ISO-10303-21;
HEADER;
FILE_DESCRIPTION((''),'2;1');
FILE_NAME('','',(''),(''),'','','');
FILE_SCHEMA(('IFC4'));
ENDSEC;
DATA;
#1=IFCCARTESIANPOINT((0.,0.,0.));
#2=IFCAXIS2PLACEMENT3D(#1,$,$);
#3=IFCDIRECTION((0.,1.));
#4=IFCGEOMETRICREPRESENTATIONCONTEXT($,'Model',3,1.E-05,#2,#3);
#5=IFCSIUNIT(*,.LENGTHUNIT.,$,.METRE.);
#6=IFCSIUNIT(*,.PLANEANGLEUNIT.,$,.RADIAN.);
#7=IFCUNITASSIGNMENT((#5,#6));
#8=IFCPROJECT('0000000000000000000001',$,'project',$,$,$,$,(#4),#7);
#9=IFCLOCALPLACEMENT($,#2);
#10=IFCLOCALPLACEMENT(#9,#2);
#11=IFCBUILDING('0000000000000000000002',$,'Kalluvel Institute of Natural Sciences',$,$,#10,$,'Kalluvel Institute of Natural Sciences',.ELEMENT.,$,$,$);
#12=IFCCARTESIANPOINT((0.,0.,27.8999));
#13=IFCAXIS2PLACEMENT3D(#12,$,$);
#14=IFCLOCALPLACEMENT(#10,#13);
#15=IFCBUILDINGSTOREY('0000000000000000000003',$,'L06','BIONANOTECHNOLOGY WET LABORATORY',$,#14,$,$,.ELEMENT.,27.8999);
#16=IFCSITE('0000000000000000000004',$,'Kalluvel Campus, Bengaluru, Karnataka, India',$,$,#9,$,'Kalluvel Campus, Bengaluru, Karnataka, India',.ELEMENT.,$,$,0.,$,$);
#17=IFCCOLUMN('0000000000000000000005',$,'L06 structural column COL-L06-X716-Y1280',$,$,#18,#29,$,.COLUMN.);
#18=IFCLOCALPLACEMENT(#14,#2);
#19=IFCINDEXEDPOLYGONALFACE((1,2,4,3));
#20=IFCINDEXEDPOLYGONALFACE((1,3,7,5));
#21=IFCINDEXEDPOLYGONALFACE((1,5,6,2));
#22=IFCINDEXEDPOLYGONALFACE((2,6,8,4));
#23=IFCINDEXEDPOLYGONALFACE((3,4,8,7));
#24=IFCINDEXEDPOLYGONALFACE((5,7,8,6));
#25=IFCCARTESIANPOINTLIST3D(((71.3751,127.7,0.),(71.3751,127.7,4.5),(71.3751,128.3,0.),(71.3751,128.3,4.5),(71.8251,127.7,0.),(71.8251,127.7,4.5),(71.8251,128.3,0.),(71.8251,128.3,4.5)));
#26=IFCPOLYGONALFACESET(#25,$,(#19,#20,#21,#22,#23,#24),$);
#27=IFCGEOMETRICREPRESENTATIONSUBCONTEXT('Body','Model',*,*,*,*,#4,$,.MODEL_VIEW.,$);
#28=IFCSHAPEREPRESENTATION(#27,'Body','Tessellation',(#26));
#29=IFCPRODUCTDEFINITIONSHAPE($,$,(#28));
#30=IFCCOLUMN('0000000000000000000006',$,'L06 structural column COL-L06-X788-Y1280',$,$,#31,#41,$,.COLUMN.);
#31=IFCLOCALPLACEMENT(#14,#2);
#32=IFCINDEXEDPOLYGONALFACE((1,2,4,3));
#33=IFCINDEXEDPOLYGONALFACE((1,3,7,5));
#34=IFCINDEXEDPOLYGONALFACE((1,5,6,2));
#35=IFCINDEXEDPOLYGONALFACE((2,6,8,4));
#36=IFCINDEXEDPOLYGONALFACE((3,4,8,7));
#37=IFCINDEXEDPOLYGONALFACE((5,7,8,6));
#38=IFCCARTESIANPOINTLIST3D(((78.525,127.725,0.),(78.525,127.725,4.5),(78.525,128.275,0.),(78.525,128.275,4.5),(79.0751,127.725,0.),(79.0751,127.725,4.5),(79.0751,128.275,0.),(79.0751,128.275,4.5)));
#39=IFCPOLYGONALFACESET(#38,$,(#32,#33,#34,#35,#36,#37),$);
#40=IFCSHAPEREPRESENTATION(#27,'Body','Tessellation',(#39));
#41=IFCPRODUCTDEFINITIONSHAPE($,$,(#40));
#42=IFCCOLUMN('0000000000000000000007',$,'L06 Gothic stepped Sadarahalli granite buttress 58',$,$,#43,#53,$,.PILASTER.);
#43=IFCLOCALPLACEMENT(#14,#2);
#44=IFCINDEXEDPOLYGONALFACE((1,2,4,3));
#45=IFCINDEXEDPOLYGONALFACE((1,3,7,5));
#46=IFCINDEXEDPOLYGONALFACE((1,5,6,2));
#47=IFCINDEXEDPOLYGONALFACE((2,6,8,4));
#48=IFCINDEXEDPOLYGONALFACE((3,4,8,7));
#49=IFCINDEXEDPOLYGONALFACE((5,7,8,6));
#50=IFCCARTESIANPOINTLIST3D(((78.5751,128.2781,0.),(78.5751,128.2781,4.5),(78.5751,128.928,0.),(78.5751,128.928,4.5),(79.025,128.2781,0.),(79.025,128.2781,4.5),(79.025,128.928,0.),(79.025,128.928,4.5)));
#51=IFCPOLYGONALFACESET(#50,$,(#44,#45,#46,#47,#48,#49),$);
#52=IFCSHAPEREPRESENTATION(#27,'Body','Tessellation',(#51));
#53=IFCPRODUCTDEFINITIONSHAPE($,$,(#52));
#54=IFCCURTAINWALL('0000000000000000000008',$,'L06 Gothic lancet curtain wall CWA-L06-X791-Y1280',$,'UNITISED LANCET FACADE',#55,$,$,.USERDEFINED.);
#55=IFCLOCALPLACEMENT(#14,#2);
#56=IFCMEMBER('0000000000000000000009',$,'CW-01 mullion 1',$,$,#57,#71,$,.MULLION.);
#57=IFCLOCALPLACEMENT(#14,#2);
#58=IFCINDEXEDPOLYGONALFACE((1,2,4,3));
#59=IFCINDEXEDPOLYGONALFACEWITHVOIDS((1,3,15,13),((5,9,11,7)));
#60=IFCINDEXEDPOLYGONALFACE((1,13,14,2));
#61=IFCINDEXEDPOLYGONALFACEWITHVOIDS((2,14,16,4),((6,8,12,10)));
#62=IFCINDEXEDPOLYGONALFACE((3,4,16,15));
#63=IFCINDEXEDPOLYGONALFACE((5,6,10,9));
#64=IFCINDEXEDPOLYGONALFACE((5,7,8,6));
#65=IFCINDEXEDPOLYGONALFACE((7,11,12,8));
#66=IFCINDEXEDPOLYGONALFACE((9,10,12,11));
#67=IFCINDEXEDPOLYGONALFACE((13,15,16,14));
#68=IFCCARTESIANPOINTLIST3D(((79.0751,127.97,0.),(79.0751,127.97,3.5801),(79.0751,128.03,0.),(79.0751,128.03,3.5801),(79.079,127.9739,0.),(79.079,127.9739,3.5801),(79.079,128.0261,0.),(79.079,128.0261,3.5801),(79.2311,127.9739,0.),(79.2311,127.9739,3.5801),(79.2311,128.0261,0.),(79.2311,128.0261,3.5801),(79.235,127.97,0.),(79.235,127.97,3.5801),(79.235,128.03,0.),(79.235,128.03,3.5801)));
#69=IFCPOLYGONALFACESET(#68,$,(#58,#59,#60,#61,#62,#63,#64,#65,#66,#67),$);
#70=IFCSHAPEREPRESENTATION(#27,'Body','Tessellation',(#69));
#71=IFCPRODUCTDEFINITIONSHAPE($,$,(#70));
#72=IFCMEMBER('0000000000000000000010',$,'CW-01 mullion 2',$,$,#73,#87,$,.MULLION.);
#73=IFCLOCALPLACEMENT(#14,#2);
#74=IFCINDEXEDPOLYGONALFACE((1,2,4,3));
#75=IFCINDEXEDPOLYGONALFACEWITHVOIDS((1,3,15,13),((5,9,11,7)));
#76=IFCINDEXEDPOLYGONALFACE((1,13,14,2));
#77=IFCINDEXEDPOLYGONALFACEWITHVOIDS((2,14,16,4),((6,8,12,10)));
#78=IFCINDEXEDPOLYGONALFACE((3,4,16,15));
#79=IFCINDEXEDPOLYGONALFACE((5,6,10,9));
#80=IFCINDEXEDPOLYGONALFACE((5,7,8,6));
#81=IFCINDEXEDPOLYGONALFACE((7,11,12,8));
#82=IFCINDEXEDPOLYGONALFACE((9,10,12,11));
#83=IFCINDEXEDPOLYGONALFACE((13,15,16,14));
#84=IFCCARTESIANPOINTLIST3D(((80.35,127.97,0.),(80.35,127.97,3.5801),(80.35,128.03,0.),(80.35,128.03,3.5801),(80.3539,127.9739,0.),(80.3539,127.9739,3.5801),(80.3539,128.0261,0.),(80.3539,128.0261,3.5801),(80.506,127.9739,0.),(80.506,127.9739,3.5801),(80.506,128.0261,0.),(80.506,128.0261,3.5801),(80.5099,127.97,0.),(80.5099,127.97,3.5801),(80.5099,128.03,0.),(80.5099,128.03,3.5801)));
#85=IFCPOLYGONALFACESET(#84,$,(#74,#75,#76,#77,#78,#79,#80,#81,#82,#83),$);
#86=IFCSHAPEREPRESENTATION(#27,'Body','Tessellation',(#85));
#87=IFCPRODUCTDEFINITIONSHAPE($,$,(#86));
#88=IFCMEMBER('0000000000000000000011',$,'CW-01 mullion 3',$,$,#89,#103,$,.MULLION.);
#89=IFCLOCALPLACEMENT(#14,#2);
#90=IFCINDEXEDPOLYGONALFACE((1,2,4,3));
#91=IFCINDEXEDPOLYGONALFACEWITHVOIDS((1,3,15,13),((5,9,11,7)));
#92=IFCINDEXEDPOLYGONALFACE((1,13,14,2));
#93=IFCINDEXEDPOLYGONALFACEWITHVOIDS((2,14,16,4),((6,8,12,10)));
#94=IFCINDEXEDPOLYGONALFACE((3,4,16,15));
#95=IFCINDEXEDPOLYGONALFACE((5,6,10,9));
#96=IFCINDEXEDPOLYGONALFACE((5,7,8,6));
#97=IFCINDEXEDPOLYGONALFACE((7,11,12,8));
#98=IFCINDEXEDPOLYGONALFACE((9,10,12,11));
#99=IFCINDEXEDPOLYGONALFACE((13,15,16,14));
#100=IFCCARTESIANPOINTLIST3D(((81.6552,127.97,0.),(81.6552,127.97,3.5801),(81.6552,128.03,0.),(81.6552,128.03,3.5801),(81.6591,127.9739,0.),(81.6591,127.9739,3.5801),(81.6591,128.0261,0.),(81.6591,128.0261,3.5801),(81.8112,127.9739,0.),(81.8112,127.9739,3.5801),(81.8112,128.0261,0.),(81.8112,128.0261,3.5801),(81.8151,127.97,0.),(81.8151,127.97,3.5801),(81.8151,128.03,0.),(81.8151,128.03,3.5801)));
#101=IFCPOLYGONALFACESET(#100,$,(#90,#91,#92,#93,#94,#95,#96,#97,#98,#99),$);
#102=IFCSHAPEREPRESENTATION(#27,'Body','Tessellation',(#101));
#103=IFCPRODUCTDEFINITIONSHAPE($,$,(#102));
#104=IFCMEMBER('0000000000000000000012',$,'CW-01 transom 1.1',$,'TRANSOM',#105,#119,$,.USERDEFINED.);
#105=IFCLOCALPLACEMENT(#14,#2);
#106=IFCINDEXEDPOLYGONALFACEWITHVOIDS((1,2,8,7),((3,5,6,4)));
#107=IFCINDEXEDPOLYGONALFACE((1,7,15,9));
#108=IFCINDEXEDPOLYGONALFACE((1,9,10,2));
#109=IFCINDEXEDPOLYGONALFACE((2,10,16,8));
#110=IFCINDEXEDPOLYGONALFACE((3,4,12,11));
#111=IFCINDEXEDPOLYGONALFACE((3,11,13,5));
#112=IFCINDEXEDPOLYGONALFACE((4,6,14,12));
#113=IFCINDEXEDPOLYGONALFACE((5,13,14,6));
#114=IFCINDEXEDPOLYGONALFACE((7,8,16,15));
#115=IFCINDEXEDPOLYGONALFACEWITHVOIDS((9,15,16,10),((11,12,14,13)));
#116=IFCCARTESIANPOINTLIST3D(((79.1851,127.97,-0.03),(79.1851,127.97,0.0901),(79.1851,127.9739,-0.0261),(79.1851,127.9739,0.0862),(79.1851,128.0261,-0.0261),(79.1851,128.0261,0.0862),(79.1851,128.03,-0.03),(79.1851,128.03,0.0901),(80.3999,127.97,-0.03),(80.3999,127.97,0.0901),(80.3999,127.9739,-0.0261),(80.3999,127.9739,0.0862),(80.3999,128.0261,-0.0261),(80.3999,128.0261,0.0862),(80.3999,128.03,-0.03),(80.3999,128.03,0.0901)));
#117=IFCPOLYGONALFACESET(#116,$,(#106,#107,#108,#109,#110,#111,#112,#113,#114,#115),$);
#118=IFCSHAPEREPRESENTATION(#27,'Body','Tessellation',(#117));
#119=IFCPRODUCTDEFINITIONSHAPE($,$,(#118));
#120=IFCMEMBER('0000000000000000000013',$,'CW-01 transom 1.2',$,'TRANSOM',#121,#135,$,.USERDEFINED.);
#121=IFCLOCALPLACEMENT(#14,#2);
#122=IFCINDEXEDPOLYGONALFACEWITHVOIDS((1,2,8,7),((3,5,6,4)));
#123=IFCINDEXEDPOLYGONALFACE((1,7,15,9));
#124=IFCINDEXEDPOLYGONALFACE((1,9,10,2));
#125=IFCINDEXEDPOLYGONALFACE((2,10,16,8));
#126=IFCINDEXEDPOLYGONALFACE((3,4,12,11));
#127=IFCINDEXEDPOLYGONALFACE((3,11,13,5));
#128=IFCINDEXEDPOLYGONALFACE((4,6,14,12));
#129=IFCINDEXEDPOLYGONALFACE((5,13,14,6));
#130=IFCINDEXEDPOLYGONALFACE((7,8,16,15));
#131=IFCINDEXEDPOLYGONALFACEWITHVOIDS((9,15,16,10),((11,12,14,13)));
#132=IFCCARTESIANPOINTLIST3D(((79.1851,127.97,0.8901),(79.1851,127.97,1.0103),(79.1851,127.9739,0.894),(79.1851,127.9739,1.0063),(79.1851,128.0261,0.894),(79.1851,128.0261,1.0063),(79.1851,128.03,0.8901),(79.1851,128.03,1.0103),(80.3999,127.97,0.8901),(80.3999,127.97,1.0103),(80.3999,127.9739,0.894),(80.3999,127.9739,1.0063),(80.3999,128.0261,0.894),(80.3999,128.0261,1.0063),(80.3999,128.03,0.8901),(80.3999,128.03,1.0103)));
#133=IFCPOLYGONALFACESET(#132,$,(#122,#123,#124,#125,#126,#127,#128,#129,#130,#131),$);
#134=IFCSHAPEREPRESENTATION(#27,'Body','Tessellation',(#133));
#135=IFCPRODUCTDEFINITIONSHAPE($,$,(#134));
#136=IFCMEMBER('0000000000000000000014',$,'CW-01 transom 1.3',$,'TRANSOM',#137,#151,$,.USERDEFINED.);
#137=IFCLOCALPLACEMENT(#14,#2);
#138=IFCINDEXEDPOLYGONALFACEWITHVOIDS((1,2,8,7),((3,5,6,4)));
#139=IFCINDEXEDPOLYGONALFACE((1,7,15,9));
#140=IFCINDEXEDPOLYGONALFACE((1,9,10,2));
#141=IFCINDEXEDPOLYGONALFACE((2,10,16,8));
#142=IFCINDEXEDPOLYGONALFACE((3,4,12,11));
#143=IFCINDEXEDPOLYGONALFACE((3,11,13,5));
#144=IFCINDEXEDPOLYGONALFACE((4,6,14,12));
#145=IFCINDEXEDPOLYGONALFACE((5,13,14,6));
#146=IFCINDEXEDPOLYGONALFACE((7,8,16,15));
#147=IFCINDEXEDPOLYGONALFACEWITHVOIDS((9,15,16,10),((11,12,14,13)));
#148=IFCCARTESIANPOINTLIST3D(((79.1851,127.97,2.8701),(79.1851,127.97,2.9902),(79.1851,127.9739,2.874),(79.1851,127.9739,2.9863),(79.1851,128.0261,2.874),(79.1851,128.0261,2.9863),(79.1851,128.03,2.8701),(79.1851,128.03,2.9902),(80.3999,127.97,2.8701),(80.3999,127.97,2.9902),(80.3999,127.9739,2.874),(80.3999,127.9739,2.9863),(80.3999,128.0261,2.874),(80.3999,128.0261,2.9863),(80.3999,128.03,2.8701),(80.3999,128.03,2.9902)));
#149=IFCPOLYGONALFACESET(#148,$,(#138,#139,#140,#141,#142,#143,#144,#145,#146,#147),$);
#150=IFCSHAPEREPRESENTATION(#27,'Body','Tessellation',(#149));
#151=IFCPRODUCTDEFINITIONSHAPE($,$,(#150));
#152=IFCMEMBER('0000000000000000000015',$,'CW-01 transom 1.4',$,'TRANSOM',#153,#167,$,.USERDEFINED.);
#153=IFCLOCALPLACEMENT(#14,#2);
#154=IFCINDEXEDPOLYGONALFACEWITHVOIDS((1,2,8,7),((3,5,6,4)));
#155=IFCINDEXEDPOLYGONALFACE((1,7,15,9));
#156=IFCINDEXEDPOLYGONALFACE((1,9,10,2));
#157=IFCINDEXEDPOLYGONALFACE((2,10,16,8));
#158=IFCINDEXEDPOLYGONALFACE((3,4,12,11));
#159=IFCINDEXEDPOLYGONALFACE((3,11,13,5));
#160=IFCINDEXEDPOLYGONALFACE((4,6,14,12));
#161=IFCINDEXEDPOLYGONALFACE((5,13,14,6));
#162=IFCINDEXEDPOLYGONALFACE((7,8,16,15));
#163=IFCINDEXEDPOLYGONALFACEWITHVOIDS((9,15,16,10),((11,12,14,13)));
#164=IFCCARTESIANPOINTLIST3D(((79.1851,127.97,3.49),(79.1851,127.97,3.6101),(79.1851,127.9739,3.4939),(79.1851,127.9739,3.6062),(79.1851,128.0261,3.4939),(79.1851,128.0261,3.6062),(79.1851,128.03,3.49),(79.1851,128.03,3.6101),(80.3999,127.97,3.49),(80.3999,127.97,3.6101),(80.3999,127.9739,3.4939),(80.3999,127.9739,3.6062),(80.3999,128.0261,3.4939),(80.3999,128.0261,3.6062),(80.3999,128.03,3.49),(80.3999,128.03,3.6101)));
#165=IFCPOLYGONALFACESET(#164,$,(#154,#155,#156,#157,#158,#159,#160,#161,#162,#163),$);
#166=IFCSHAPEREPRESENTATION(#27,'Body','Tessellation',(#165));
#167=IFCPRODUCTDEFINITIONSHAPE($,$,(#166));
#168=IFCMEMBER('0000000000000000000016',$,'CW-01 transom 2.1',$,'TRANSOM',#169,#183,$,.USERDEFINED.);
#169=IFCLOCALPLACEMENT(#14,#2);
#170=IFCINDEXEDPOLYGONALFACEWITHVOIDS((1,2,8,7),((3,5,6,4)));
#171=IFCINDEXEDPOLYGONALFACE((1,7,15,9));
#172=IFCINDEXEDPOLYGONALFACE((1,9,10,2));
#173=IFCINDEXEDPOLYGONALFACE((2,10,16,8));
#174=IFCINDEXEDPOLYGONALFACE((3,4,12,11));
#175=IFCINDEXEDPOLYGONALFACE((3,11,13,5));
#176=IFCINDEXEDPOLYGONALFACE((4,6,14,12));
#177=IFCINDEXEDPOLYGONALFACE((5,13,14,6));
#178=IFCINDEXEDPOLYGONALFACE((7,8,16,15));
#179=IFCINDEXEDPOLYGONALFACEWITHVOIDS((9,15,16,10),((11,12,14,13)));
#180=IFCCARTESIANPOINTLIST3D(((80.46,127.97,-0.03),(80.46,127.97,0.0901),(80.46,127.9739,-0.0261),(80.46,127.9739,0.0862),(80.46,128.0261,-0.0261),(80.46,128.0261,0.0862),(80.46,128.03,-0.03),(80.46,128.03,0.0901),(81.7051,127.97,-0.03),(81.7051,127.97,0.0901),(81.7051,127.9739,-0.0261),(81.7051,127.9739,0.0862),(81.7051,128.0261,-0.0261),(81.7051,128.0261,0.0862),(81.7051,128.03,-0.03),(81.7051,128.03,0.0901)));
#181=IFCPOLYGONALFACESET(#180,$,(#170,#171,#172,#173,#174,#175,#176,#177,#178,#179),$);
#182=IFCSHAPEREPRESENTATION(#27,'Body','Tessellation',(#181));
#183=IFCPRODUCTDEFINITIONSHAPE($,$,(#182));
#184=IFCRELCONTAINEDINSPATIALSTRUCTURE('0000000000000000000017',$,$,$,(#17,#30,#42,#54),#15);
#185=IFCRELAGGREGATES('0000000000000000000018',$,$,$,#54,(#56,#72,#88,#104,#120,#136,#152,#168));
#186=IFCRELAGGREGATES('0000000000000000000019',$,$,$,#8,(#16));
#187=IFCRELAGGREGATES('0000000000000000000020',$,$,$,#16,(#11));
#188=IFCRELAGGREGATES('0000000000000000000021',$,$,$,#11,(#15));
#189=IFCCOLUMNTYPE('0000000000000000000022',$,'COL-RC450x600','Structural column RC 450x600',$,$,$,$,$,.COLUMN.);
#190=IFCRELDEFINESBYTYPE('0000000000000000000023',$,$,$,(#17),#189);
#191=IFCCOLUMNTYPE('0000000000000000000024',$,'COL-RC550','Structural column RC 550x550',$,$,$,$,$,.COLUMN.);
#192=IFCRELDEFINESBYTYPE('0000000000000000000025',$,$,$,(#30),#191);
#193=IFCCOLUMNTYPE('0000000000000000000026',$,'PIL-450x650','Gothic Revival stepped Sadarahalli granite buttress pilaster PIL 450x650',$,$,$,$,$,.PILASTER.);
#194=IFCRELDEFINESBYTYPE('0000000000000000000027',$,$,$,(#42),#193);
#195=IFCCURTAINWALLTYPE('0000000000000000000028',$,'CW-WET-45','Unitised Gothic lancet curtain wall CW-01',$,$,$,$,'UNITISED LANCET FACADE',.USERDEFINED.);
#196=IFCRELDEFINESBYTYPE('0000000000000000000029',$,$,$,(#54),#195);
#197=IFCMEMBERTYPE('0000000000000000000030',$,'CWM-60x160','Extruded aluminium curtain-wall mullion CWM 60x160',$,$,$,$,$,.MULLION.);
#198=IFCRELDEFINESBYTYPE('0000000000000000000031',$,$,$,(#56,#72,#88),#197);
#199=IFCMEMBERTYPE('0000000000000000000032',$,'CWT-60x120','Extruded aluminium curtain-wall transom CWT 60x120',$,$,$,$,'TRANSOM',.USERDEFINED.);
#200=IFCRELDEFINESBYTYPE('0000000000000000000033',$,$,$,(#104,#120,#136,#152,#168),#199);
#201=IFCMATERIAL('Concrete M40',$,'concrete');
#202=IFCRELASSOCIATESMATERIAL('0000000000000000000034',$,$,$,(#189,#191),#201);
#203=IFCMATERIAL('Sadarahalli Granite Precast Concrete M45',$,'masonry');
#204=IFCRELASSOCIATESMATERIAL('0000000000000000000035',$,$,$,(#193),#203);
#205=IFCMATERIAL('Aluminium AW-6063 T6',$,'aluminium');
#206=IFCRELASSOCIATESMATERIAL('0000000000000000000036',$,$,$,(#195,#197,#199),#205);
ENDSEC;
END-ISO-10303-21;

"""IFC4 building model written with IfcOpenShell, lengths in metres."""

from ifc_helpers import new_model, si_unit, direction, frame, origin, origin_2d, place, context, subcontext, project, spatial, rectangle, hollow_rectangle, extrude, material, material_profile, profile_set, type_object, element, aggregate, save


model = new_model("IFC4")

# Units and contexts
model_context = context("Model", 3, precision=1e-05, world=origin(), true_north=direction((0.0, 1.0)))
body_context = subcontext(model_context, "Body", "Model", "MODEL_VIEW")
ifc_project = project(units=[si_unit("LENGTHUNIT", "METRE"), si_unit("PLANEANGLEUNIT", "RADIAN")], contexts=[model_context])

# Site, building, storey
site_placement = place(None, origin())
site = spatial("IfcSite", under=ifc_project, at=site_placement, Name="Kalluvel Campus, Bengaluru, Karnataka, India", LongName="Kalluvel Campus, Bengaluru, Karnataka, India", CompositionType="ELEMENT", RefElevation=0.0)
building_placement = place(site_placement, origin())
building = spatial("IfcBuilding", under=site, at=building_placement, Name="Kalluvel Institute of Natural Sciences", LongName="Kalluvel Institute of Natural Sciences", CompositionType="ELEMENT")
storey_placement = place(building_placement, frame((0.0, 0.0, 27.8999)))
storey = spatial("IfcBuildingStorey", under=building, at=storey_placement, Name="L06", Description="BIONANOTECHNOLOGY WET LABORATORY", CompositionType="ELEMENT", Elevation=27.8999)

# Columns
ifc_material_1 = material(Name="Concrete M40", Category="concrete")
ifc_material_profile_1 = material_profile(ifc_material_1, rectangle(XDim=0.45, YDim=0.6001, at=origin_2d()), Name="RC 450x600")
ifc_profile_set_1 = profile_set([ifc_material_profile_1], Name="Concrete M40")
column_type_1 = type_object("IfcColumnType", Name="COL-RC450x600", Description="Structural column RC 450x600", PredefinedType="COLUMN", material=ifc_profile_set_1)
column_1_placement = place(storey_placement, frame((71.6001, 128.0, 0.0), z_axis=(0.0, 0.0, 1.0), x_axis=(1.0, 0.0, 0.0)))
element("IfcColumn", 1, at=column_1_placement, inside=storey, type_object=column_type_1, Name="L06 structural column COL-L06-X716-Y1280", PredefinedType="COLUMN", context=body_context, shape_type="SweptSolid", body=[
    extrude(rectangle(XDim=0.45, YDim=0.6001, at=origin_2d()), origin(), (0.0, 0.0, 1.0), 4.5),
])
ifc_material_profile_2 = material_profile(ifc_material_1, rectangle(XDim=0.55, YDim=0.55, at=origin_2d()), Name="RC 550x550")
ifc_profile_set_2 = profile_set([ifc_material_profile_2], Name="Concrete M40")
column_type_2 = type_object("IfcColumnType", Name="COL-RC550", Description="Structural column RC 550x550", PredefinedType="COLUMN", material=ifc_profile_set_2)
column_2_placement = place(storey_placement, frame((78.8, 128.0, 0.0), z_axis=(0.0, 0.0, 1.0), x_axis=(1.0, 0.0, 0.0)))
element("IfcColumn", 2, at=column_2_placement, inside=storey, type_object=column_type_2, Name="L06 structural column COL-L06-X788-Y1280", PredefinedType="COLUMN", context=body_context, shape_type="SweptSolid", body=[
    extrude(rectangle(XDim=0.55, YDim=0.55, at=origin_2d()), origin(), (0.0, 0.0, 1.0), 4.5),
])
ifc_material_2 = material(Name="Sadarahalli Granite Precast Concrete M45", Category="masonry")
ifc_material_profile_3 = material_profile(ifc_material_2, rectangle(XDim=0.45, YDim=0.6499, at=origin_2d()), Name="PIL 450x650")
ifc_profile_set_3 = profile_set([ifc_material_profile_3], Name="Sadarahalli Granite Precast Concrete M45")
column_type_3 = type_object("IfcColumnType", Name="PIL-450x650", Description="Gothic Revival stepped Sadarahalli granite buttress pilaster PIL 450x650", PredefinedType="PILASTER", material=ifc_profile_set_3)
column_3_placement = place(storey_placement, frame((78.8, 128.603, 0.0), z_axis=(0.0, 0.0, 1.0), x_axis=(1.0, 0.0, 0.0)))
element("IfcColumn", 3, at=column_3_placement, inside=storey, type_object=column_type_3, Name="L06 Gothic stepped Sadarahalli granite buttress 58", PredefinedType="PILASTER", context=body_context, shape_type="SweptSolid", body=[
    extrude(rectangle(XDim=0.45, YDim=0.6499, at=origin_2d()), origin(), (0.0, 0.0, 1.0), 4.5),
])

# Curtain wall, members
ifc_material_3 = material(Name="Aluminium AW-6063 T6", Category="aluminium")
curtain_wall_type = type_object("IfcCurtainWallType", Name="CW-WET-45", Description="Unitised Gothic lancet curtain wall CW-01", ElementType="UNITISED LANCET FACADE", PredefinedType="USERDEFINED", material=ifc_material_3)
curtain_wall_placement = place(storey_placement, origin())
curtain_wall = element("IfcCurtainWall", 4, at=curtain_wall_placement, inside=storey, type_object=curtain_wall_type, Name="L06 Gothic lancet curtain wall CWA-L06-X791-Y1280", ObjectType="UNITISED LANCET FACADE", PredefinedType="USERDEFINED")
ifc_material_profile_4 = material_profile(ifc_material_3, hollow_rectangle(XDim=0.0601, YDim=0.1599, WallThickness=0.0039, at=origin_2d()), Name="CWM 60x160")
ifc_profile_set_4 = profile_set([ifc_material_profile_4], Name="Aluminium AW-6063 T6")
member_type_1 = type_object("IfcMemberType", Name="CWM-60x160", Description="Extruded aluminium curtain-wall mullion CWM 60x160", PredefinedType="MULLION", material=ifc_profile_set_4)
member_1_placement = place(storey_placement, frame((79.155, 128.0, 0.0), z_axis=(0.0, 0.0, 1.0), x_axis=(0.0, 1.0, 0.0)))
member_1 = element("IfcMember", 5, at=member_1_placement, type_object=member_type_1, Name="CW-01 mullion 1", PredefinedType="MULLION", context=body_context, shape_type="SweptSolid", body=[
    extrude(hollow_rectangle(XDim=0.0601, YDim=0.1599, WallThickness=0.0039, at=origin_2d()), origin(), (0.0, 0.0, 1.0), 3.5801),
])
member_2_placement = place(storey_placement, frame((80.4299, 128.0, 0.0), z_axis=(0.0, 0.0, 1.0), x_axis=(0.0, 1.0, 0.0)))
member_2 = element("IfcMember", 6, at=member_2_placement, type_object=member_type_1, Name="CW-01 mullion 2", PredefinedType="MULLION", context=body_context, shape_type="SweptSolid", body=[
    extrude(hollow_rectangle(XDim=0.0601, YDim=0.1599, WallThickness=0.0039, at=origin_2d()), origin(), (0.0, 0.0, 1.0), 3.5801),
])
member_3_placement = place(storey_placement, frame((81.7351, 128.0, 0.0), z_axis=(0.0, 0.0, 1.0), x_axis=(0.0, 1.0, 0.0)))
member_3 = element("IfcMember", 7, at=member_3_placement, type_object=member_type_1, Name="CW-01 mullion 3", PredefinedType="MULLION", context=body_context, shape_type="SweptSolid", body=[
    extrude(hollow_rectangle(XDim=0.0601, YDim=0.1599, WallThickness=0.0039, at=origin_2d()), origin(), (0.0, 0.0, 1.0), 3.5801),
])
ifc_material_profile_5 = material_profile(ifc_material_3, hollow_rectangle(XDim=0.0601, YDim=0.1201, WallThickness=0.0039, at=origin_2d()), Name="CWT 60x120")
ifc_profile_set_5 = profile_set([ifc_material_profile_5], Name="Aluminium AW-6063 T6")
member_type_2 = type_object("IfcMemberType", Name="CWT-60x120", Description="Extruded aluminium curtain-wall transom CWT 60x120", ElementType="TRANSOM", PredefinedType="USERDEFINED", material=ifc_profile_set_5)
member_4_placement = place(storey_placement, frame((79.1851, 128.0, 0.03), z_axis=(1.0, 0.0, 0.0), x_axis=(0.0, 1.0, 0.0)))
member_4 = element("IfcMember", 8, at=member_4_placement, type_object=member_type_2, Name="CW-01 transom 1.1", ObjectType="TRANSOM", PredefinedType="USERDEFINED", context=body_context, shape_type="SweptSolid", body=[
    extrude(hollow_rectangle(XDim=0.0601, YDim=0.1201, WallThickness=0.0039, at=origin_2d()), origin(), (0.0, 0.0, 1.0), 1.2148),
])
member_5_placement = place(storey_placement, frame((79.1851, 128.0, 0.9502), z_axis=(1.0, 0.0, 0.0), x_axis=(0.0, 1.0, 0.0)))
member_5 = element("IfcMember", 9, at=member_5_placement, type_object=member_type_2, Name="CW-01 transom 1.2", ObjectType="TRANSOM", PredefinedType="USERDEFINED", context=body_context, shape_type="SweptSolid", body=[
    extrude(hollow_rectangle(XDim=0.0601, YDim=0.1201, WallThickness=0.0039, at=origin_2d()), origin(), (0.0, 0.0, 1.0), 1.2148),
])
member_6_placement = place(storey_placement, frame((79.1851, 128.0, 2.9302), z_axis=(1.0, 0.0, 0.0), x_axis=(0.0, 1.0, 0.0)))
member_6 = element("IfcMember", 10, at=member_6_placement, type_object=member_type_2, Name="CW-01 transom 1.3", ObjectType="TRANSOM", PredefinedType="USERDEFINED", context=body_context, shape_type="SweptSolid", body=[
    extrude(hollow_rectangle(XDim=0.0601, YDim=0.1201, WallThickness=0.0039, at=origin_2d()), origin(), (0.0, 0.0, 1.0), 1.2148),
])
member_7_placement = place(storey_placement, frame((79.1851, 128.0, 3.55), z_axis=(1.0, 0.0, 0.0), x_axis=(0.0, 1.0, 0.0)))
member_7 = element("IfcMember", 11, at=member_7_placement, type_object=member_type_2, Name="CW-01 transom 1.4", ObjectType="TRANSOM", PredefinedType="USERDEFINED", context=body_context, shape_type="SweptSolid", body=[
    extrude(hollow_rectangle(XDim=0.0601, YDim=0.1201, WallThickness=0.0039, at=origin_2d()), origin(), (0.0, 0.0, 1.0), 1.2148),
])
member_8_placement = place(storey_placement, frame((80.46, 128.0, 0.03), z_axis=(1.0, 0.0, 0.0), x_axis=(0.0, 1.0, 0.0)))
member_8 = element("IfcMember", 12, at=member_8_placement, type_object=member_type_2, Name="CW-01 transom 2.1", ObjectType="TRANSOM", PredefinedType="USERDEFINED", context=body_context, shape_type="SweptSolid", body=[
    extrude(hollow_rectangle(XDim=0.0601, YDim=0.1201, WallThickness=0.0039, at=origin_2d()), origin(), (0.0, 0.0, 1.0), 1.2451),
])

aggregate(curtain_wall, [member_1, member_2, member_3, member_4, member_5, member_6, member_7, member_8])

save(model, "model.ifc")
